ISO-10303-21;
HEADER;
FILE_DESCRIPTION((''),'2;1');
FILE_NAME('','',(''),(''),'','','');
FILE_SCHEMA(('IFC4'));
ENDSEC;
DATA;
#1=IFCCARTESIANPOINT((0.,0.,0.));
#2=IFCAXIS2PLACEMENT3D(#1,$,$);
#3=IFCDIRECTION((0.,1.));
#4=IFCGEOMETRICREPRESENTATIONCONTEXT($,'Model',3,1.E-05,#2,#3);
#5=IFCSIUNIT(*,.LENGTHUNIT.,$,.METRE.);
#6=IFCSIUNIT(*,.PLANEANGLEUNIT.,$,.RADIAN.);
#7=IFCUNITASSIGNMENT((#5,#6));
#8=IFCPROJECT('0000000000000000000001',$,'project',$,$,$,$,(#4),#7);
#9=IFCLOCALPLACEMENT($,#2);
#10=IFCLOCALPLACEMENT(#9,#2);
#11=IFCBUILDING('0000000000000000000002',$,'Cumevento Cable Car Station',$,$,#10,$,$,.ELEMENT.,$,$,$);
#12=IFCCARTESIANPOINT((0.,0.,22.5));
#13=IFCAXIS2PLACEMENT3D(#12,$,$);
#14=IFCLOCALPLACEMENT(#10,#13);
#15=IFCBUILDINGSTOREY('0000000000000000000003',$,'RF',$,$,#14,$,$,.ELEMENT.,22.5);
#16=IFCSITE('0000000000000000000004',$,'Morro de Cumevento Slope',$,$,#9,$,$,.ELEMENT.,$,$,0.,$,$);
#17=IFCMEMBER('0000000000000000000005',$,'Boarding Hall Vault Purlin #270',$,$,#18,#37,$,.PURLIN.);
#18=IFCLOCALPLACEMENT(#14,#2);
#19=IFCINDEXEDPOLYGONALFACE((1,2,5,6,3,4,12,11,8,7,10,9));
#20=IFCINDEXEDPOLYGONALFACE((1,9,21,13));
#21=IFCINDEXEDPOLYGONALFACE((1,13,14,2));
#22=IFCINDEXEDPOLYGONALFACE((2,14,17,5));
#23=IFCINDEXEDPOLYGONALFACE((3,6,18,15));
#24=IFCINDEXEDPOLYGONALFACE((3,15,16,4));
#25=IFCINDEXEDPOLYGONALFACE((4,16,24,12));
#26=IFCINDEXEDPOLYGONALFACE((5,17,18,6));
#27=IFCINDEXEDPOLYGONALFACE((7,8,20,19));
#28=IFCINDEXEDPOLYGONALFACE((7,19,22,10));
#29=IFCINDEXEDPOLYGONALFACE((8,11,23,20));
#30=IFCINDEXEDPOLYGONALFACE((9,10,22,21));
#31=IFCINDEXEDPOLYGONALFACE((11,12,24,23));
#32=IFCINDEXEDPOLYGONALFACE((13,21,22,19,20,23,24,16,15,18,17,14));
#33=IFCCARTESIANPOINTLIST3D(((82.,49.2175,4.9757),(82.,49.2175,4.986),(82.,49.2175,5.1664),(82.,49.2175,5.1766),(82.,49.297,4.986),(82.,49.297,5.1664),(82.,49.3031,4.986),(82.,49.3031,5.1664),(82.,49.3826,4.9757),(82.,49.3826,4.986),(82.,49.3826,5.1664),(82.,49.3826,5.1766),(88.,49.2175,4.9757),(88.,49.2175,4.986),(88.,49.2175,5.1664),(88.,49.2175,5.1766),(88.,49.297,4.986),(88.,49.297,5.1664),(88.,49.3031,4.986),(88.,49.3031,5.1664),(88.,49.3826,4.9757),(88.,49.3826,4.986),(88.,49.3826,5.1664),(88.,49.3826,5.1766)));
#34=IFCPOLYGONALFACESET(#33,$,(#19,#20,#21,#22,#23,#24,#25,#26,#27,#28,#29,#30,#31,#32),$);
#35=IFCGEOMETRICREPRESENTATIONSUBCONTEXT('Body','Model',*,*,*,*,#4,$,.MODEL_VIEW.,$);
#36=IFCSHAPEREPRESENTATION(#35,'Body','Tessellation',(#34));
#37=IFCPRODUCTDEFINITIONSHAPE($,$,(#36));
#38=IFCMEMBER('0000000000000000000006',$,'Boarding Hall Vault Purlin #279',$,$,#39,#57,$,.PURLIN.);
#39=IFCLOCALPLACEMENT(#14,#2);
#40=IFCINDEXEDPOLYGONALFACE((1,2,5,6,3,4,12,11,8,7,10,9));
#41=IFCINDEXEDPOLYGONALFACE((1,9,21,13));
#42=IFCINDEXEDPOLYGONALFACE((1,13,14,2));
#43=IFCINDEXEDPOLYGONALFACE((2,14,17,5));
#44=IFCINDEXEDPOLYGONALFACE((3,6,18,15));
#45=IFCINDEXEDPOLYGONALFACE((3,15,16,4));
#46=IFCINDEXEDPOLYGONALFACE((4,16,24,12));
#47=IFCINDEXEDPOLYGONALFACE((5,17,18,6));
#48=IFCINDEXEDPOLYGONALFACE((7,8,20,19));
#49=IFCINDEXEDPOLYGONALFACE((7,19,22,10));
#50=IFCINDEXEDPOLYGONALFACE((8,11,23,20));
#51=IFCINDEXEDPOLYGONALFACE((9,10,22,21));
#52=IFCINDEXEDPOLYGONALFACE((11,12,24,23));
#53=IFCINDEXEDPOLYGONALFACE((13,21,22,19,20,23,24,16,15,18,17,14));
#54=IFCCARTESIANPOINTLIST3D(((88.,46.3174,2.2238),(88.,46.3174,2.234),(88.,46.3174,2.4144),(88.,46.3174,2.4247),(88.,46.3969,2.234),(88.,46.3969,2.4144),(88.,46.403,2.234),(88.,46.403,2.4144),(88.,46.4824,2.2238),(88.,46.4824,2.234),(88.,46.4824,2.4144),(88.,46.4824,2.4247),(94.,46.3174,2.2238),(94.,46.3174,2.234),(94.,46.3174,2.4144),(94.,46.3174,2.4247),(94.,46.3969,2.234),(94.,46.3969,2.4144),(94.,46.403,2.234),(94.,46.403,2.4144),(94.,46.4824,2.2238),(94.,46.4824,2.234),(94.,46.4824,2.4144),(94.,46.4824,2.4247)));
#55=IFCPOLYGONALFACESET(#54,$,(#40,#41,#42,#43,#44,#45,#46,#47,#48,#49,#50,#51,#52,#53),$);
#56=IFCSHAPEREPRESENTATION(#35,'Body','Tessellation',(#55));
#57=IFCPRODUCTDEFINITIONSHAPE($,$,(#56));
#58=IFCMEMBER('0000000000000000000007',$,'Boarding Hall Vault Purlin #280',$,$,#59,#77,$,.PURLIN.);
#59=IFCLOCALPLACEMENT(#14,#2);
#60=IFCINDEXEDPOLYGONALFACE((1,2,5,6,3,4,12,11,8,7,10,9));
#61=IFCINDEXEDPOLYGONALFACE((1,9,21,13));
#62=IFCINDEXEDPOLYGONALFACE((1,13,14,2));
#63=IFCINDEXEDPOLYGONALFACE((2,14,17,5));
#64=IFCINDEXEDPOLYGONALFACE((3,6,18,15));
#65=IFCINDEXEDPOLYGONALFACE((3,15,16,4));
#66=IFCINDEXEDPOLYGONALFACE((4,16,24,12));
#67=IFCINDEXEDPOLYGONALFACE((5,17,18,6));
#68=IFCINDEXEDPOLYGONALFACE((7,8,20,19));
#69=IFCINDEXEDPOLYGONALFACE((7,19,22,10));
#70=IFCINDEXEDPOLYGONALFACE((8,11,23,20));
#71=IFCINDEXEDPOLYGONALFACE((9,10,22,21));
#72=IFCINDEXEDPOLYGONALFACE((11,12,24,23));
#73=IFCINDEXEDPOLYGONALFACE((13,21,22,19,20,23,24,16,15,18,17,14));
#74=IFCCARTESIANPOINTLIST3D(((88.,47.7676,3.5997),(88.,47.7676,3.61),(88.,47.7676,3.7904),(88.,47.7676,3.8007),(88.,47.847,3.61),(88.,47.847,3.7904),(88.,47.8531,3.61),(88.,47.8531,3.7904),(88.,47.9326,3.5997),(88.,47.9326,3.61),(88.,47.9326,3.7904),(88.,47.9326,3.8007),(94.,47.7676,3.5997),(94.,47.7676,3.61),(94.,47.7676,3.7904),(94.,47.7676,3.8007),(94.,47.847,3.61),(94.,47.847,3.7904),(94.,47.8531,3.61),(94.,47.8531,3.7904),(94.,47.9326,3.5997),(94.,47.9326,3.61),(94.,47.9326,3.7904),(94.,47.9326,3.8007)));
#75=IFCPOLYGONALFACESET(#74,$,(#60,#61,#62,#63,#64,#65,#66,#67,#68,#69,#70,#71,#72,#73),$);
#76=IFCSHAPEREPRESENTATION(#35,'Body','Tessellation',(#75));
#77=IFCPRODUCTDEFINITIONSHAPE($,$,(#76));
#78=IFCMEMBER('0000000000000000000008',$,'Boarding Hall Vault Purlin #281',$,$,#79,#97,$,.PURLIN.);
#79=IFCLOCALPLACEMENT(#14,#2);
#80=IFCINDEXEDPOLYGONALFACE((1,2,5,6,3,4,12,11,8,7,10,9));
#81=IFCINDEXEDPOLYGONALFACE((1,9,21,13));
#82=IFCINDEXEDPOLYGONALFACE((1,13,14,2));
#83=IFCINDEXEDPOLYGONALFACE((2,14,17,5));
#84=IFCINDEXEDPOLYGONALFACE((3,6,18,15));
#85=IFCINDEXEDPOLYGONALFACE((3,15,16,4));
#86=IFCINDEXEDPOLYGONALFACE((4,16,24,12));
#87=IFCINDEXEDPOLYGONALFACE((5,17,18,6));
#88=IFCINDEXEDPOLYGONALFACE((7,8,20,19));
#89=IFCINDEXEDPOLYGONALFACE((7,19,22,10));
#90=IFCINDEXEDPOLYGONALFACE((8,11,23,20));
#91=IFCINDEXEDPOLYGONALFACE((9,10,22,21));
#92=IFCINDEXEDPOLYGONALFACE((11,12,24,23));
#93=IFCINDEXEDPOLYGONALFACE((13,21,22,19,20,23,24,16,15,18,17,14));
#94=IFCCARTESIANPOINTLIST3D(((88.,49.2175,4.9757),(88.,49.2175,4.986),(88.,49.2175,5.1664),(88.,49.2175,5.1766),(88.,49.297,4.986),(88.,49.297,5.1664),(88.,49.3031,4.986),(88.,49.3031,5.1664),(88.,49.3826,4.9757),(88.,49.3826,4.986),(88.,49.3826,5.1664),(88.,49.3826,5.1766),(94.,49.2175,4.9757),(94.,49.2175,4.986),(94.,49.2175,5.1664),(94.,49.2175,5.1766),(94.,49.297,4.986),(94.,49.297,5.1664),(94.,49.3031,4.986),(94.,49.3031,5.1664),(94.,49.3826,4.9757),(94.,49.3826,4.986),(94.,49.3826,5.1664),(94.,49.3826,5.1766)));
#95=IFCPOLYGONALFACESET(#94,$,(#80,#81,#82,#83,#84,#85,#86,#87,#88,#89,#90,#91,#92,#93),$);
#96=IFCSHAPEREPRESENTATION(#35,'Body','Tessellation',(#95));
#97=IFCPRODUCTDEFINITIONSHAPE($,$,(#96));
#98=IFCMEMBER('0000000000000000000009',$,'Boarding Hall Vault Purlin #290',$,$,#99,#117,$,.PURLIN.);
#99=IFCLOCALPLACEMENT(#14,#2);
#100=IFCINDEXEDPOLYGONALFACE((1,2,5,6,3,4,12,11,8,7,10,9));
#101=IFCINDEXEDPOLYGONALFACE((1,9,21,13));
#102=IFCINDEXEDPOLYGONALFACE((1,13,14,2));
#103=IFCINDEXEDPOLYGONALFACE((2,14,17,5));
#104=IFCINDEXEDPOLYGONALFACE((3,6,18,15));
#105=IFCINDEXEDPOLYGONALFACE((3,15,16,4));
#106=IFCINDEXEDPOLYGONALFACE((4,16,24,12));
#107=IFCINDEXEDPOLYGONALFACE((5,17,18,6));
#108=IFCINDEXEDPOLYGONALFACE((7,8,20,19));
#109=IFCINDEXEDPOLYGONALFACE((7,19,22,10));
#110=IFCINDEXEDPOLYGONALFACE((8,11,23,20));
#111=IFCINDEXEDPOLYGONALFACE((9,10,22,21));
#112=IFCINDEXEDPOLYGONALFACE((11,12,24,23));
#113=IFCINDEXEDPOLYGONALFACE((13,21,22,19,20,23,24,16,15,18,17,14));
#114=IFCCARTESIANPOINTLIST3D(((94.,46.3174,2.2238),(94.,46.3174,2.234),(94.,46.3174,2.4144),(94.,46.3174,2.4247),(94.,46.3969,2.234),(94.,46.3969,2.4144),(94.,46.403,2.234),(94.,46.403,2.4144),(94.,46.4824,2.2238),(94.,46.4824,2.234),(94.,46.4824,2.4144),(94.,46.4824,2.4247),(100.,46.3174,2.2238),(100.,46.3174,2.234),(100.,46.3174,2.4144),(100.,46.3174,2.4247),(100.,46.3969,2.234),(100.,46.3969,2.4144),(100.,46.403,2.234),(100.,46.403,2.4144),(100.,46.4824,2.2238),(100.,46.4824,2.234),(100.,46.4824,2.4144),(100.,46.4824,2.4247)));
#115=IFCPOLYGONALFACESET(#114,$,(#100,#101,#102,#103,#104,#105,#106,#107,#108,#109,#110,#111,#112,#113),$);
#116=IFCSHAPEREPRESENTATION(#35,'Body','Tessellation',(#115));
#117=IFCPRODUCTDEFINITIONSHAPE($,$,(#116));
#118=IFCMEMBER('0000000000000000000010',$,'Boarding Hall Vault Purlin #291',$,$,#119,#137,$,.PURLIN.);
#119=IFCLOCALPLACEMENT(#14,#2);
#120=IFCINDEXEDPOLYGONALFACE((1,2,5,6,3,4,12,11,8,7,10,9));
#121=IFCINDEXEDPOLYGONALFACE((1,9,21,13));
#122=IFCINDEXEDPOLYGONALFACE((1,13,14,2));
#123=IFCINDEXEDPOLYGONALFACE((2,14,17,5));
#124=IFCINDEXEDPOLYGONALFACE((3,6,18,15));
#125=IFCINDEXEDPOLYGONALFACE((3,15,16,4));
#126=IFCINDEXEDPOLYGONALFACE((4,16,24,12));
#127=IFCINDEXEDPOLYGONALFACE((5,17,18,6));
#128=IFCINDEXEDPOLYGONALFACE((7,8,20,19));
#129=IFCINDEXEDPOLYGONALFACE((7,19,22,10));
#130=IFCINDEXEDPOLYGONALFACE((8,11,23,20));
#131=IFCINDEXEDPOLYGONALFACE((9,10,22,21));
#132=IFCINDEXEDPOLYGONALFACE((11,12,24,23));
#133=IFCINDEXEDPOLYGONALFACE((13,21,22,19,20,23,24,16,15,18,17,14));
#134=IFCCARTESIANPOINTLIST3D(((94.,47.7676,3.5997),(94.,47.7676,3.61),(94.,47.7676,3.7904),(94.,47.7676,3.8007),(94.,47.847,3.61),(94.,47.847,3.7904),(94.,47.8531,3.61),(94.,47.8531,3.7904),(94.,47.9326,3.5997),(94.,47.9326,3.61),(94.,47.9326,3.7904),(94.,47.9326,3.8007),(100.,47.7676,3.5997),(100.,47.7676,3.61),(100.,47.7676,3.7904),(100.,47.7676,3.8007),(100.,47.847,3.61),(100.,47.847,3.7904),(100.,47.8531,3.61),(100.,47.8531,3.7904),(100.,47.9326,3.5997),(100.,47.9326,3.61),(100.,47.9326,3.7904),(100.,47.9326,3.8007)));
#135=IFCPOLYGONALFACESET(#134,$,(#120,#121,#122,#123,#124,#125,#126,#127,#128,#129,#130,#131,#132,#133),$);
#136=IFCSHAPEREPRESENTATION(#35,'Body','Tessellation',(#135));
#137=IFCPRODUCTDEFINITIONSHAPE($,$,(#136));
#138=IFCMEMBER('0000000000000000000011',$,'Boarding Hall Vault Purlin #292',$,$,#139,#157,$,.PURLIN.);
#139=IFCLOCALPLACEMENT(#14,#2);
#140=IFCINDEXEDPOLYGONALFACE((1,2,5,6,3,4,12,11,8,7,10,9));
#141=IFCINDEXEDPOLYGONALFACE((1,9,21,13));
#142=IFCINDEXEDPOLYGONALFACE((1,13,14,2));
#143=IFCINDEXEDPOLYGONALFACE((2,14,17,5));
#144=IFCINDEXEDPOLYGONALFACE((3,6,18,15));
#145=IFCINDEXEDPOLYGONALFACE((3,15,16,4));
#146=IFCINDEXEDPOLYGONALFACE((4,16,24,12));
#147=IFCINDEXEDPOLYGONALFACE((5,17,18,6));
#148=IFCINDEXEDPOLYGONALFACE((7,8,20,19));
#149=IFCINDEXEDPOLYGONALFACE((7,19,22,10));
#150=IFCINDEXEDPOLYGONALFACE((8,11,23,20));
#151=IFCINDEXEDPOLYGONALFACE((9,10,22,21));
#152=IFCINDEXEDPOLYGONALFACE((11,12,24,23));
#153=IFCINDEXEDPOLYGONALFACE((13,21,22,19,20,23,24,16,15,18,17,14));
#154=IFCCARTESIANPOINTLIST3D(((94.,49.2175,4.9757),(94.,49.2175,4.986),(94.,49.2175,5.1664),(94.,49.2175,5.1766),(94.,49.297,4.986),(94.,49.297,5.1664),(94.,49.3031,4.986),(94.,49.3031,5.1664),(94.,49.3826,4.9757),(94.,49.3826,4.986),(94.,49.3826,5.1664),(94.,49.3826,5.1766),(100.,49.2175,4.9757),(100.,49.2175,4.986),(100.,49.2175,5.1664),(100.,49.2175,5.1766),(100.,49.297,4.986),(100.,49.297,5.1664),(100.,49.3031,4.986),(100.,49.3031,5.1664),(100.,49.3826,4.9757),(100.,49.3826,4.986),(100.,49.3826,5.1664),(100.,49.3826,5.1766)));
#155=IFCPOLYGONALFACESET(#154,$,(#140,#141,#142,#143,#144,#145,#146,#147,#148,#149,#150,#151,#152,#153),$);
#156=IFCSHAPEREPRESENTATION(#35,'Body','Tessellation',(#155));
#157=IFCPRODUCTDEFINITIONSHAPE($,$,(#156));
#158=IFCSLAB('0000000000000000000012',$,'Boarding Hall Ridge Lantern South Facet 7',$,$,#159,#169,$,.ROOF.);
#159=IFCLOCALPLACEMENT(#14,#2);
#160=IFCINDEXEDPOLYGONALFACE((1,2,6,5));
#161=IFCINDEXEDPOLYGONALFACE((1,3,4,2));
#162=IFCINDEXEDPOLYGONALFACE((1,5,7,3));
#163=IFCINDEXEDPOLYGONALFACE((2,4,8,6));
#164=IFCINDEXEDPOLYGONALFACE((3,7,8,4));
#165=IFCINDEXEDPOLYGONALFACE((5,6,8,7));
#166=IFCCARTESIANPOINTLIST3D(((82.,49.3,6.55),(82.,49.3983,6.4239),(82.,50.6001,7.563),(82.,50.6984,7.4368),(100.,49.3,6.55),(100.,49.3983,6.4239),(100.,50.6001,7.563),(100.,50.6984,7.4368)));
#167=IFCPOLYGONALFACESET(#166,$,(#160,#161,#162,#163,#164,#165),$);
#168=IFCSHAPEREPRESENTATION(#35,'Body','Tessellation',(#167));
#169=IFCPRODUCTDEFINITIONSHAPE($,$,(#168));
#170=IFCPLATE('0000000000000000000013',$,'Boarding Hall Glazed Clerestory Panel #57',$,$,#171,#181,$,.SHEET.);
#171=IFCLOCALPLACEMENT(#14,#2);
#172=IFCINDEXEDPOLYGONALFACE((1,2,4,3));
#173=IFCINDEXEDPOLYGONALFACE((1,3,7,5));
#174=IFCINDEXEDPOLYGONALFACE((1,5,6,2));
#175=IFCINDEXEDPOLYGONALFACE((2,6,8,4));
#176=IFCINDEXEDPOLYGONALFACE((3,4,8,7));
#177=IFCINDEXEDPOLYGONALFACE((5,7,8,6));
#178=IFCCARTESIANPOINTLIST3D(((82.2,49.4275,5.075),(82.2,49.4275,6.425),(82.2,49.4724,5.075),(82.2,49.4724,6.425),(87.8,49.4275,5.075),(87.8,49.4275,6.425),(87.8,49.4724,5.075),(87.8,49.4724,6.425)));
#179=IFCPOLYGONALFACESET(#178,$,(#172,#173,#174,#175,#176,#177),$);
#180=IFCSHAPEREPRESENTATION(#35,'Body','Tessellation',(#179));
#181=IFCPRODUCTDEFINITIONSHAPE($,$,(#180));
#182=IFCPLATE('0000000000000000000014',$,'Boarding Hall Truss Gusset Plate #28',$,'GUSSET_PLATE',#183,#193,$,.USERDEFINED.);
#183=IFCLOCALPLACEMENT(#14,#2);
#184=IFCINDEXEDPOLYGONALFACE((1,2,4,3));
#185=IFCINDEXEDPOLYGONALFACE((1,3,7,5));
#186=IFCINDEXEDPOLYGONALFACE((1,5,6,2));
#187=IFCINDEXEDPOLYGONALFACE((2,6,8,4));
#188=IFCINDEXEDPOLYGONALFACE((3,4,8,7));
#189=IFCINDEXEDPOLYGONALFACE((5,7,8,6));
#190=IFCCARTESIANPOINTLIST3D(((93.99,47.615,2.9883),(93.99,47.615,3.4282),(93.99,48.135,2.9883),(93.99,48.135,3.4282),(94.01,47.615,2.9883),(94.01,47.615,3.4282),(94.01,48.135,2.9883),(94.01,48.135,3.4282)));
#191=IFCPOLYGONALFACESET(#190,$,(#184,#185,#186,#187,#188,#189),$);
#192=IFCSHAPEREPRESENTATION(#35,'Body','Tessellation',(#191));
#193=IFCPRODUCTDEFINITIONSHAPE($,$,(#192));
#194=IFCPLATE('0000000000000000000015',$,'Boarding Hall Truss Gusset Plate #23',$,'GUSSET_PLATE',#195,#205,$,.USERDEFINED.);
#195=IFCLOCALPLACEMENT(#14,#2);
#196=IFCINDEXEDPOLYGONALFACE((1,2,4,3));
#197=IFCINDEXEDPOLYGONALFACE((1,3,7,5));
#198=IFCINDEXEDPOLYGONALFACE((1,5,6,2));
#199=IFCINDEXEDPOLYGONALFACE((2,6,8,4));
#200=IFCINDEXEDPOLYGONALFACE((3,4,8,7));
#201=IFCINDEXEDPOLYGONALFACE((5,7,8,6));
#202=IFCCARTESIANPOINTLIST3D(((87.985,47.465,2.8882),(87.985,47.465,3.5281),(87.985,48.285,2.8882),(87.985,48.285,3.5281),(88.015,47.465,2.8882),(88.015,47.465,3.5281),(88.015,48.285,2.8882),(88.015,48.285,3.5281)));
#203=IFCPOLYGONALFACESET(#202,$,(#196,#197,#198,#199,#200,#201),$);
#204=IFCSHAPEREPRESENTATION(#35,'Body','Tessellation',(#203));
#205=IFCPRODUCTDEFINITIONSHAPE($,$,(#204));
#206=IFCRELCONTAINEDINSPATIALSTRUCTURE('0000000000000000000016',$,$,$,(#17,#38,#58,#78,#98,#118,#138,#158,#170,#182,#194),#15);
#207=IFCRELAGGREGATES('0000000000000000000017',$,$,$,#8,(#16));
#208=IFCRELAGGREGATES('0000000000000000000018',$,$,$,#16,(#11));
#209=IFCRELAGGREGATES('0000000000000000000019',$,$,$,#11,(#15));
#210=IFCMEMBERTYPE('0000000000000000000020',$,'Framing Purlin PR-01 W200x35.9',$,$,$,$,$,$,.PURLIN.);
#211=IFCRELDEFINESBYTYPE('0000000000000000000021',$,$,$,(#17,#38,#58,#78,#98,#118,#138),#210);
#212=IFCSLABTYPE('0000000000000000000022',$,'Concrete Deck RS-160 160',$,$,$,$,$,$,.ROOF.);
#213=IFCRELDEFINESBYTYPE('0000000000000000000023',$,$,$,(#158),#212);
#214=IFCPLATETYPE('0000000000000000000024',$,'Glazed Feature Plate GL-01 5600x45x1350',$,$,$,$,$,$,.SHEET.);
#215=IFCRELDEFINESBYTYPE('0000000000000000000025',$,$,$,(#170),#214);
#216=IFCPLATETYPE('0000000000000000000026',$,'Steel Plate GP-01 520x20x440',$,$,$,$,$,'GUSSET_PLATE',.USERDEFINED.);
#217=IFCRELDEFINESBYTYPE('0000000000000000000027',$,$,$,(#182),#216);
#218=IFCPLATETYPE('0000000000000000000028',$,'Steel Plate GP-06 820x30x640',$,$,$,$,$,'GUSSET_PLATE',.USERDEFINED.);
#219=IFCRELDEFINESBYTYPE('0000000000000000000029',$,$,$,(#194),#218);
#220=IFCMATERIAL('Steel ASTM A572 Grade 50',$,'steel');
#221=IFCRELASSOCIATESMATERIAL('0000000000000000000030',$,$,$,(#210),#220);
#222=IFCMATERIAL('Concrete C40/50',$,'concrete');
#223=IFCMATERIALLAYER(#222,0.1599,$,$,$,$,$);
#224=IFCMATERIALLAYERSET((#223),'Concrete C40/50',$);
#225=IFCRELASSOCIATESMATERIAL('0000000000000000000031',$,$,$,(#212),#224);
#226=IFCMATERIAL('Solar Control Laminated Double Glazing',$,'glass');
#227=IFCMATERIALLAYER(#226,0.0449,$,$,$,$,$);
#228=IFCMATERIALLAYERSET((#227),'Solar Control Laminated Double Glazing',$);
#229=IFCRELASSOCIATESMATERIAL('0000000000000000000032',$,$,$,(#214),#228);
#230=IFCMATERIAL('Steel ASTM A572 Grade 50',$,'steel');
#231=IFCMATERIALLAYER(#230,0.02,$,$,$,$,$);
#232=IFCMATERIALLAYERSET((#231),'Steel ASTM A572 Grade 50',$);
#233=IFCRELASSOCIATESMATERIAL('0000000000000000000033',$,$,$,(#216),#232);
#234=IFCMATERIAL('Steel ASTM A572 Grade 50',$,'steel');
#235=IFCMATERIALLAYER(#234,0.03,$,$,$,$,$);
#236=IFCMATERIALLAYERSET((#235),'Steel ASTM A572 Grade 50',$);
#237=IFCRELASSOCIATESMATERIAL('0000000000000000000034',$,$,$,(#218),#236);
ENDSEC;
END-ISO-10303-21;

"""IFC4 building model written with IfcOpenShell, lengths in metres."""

from ifc_helpers import new_model, si_unit, direction, frame, origin, origin_2d, place, context, subcontext, project, spatial, polyline, rectangle, i_section, outline, extrude, material, layer, layer_set, material_profile, profile_set, type_object, element, save


model = new_model("IFC4")

# Units and contexts
model_context = context("Model", 3, precision=1e-05, world=origin(), true_north=direction((0.0, 1.0)))
body_context = subcontext(model_context, "Body", "Model", "MODEL_VIEW")
ifc_project = project(units=[si_unit("LENGTHUNIT", "METRE"), si_unit("PLANEANGLEUNIT", "RADIAN")], contexts=[model_context])

# Site, building, storey
site_placement = place(None, origin())
site = spatial("IfcSite", under=ifc_project, at=site_placement, Name="Morro de Cumevento Slope", CompositionType="ELEMENT", RefElevation=0.0)
building_placement = place(site_placement, origin())
building = spatial("IfcBuilding", under=site, at=building_placement, Name="Cumevento Cable Car Station", CompositionType="ELEMENT")
storey_placement = place(building_placement, frame((0.0, 0.0, 22.5)))
storey = spatial("IfcBuildingStorey", under=building, at=storey_placement, Name="RF", CompositionType="ELEMENT", Elevation=22.5)

# Members
ifc_material_1 = material(Name="Steel ASTM A572 Grade 50", Category="steel")
ifc_material_profile_1 = material_profile(ifc_material_1, i_section(OverallWidth=0.165, OverallDepth=0.2009, WebThickness=0.0061, FlangeThickness=0.0103, at=origin_2d()), Name="W200x35.9")
ifc_profile_set_1 = profile_set([ifc_material_profile_1], Name="Steel ASTM A572 Grade 50")
member_type_1 = type_object("IfcMemberType", Name="Framing Purlin PR-01 W200x35.9", PredefinedType="PURLIN", material=ifc_profile_set_1)
for number, where, z_axis, x_axis, name in (
    (1, (82.0, 49.3, 5.0762), (1.0, 0.0, 0.0), (0.0, 1.0, 0.0), "Boarding Hall Vault Purlin #270"),
    (2, (88.0, 46.3999, 2.3242), (1.0, 0.0, 0.0), (0.0, 1.0, 0.0), "Boarding Hall Vault Purlin #279"),
    (3, (88.0, 47.8501, 3.7002), (1.0, 0.0, 0.0), (0.0, 1.0, 0.0), "Boarding Hall Vault Purlin #280"),
    (4, (88.0, 49.3, 5.0762), (1.0, 0.0, 0.0), (0.0, 1.0, 0.0), "Boarding Hall Vault Purlin #281"),
    (5, (94.0, 46.3999, 2.3242), (1.0, 0.0, 0.0), (0.0, 1.0, 0.0), "Boarding Hall Vault Purlin #290"),
    (6, (94.0, 47.8501, 3.7002), (1.0, 0.0, 0.0), (0.0, 1.0, 0.0), "Boarding Hall Vault Purlin #291"),
    (7, (94.0, 49.3, 5.0762), (1.0, 0.0, 0.0), (0.0, 1.0, 0.0), "Boarding Hall Vault Purlin #292"),
):
    element("IfcMember", number, at=place(storey_placement, frame(where, z_axis=z_axis, x_axis=x_axis)), inside=storey, type_object=member_type_1, Name=name, PredefinedType="PURLIN", context=body_context, shape_type="SweptSolid", body=[
        extrude(i_section(OverallWidth=0.165, OverallDepth=0.2009, WebThickness=0.0061, FlangeThickness=0.0103, at=origin_2d()), origin(), (0.0, 0.0, 1.0), 6.0),
    ])

# Slab
ifc_material_2 = material(Name="Concrete C40/50", Category="concrete")
ifc_layer_1 = layer(ifc_material_2, 0.1599)
ifc_layer_set_1 = layer_set([ifc_layer_1], Name="Concrete C40/50")
slab_type = type_object("IfcSlabType", Name="Concrete Deck RS-160 160", PredefinedType="ROOF", material=ifc_layer_set_1)
slab_placement = place(storey_placement, frame((82.0, 49.3, 6.55), z_axis=(0.0, -0.614617, 0.788825), x_axis=(1.0, 0.0, 0.0)))
element("IfcSlab", 8, at=slab_placement, inside=storey, type_object=slab_type, Name="Boarding Hall Ridge Lantern South Facet 7", PredefinedType="ROOF", context=body_context, shape_type="SweptSolid", body=[
    extrude(outline(polyline([(0.0, 0.0), (18.0, 0.0), (18.0, 1.6481), (0.0, 1.6481), (0.0, 0.0)])), origin(), (0.0, 0.0, -1.0), 0.1599),
])

# Plates
ifc_material_3 = material(Name="Solar Control Laminated Double Glazing", Category="glass")
ifc_layer_2 = layer(ifc_material_3, 0.0449)
ifc_layer_set_2 = layer_set([ifc_layer_2], Name="Solar Control Laminated Double Glazing")
plate_type_1 = type_object("IfcPlateType", Name="Glazed Feature Plate GL-01 5600x45x1350", PredefinedType="SHEET", material=ifc_layer_set_2)
plate_1_placement = place(storey_placement, frame((85.0, 49.45, 5.075), z_axis=(0.0, 0.0, 1.0), x_axis=(1.0, 0.0, 0.0)))
element("IfcPlate", 9, at=plate_1_placement, inside=storey, type_object=plate_type_1, Name="Boarding Hall Glazed Clerestory Panel #57", PredefinedType="SHEET", context=body_context, shape_type="SweptSolid", body=[
    extrude(rectangle(XDim=5.6001, YDim=0.0449, at=origin_2d()), origin(), (0.0, 0.0, 1.0), 1.3501),
])
ifc_material_4 = material(Name="Steel ASTM A572 Grade 50", Category="steel")
ifc_layer_3 = layer(ifc_material_4, 0.02)
ifc_layer_set_3 = layer_set([ifc_layer_3], Name="Steel ASTM A572 Grade 50")
plate_type_2 = type_object("IfcPlateType", Name="Steel Plate GP-01 520x20x440", ElementType="GUSSET_PLATE", PredefinedType="USERDEFINED", material=ifc_layer_set_3)
plate_2_placement = place(storey_placement, frame((94.0, 47.875, 2.9883), z_axis=(0.0, 0.0, 1.0), x_axis=(0.0, 1.0, 0.0)))
element("IfcPlate", 10, at=plate_2_placement, inside=storey, type_object=plate_type_2, Name="Boarding Hall Truss Gusset Plate #28", ObjectType="GUSSET_PLATE", PredefinedType="USERDEFINED", context=body_context, shape_type="SweptSolid", body=[
    extrude(rectangle(XDim=0.52, YDim=0.02, at=origin_2d()), origin(), (0.0, 0.0, 1.0), 0.4399),
])
ifc_material_5 = material(Name="Steel ASTM A572 Grade 50", Category="steel")
ifc_layer_4 = layer(ifc_material_5, 0.03)
ifc_layer_set_4 = layer_set([ifc_layer_4], Name="Steel ASTM A572 Grade 50")
plate_type_3 = type_object("IfcPlateType", Name="Steel Plate GP-06 820x30x640", ElementType="GUSSET_PLATE", PredefinedType="USERDEFINED", material=ifc_layer_set_4)
plate_3_placement = place(storey_placement, frame((88.0, 47.875, 2.8882), z_axis=(0.0, 0.0, 1.0), x_axis=(0.0, 1.0, 0.0)))
element("IfcPlate", 11, at=plate_3_placement, inside=storey, type_object=plate_type_3, Name="Boarding Hall Truss Gusset Plate #23", ObjectType="GUSSET_PLATE", PredefinedType="USERDEFINED", context=body_context, shape_type="SweptSolid", body=[
    extrude(rectangle(XDim=0.8201, YDim=0.03, at=origin_2d()), origin(), (0.0, 0.0, 1.0), 0.6399),
])

save(model, "model.ifc")
